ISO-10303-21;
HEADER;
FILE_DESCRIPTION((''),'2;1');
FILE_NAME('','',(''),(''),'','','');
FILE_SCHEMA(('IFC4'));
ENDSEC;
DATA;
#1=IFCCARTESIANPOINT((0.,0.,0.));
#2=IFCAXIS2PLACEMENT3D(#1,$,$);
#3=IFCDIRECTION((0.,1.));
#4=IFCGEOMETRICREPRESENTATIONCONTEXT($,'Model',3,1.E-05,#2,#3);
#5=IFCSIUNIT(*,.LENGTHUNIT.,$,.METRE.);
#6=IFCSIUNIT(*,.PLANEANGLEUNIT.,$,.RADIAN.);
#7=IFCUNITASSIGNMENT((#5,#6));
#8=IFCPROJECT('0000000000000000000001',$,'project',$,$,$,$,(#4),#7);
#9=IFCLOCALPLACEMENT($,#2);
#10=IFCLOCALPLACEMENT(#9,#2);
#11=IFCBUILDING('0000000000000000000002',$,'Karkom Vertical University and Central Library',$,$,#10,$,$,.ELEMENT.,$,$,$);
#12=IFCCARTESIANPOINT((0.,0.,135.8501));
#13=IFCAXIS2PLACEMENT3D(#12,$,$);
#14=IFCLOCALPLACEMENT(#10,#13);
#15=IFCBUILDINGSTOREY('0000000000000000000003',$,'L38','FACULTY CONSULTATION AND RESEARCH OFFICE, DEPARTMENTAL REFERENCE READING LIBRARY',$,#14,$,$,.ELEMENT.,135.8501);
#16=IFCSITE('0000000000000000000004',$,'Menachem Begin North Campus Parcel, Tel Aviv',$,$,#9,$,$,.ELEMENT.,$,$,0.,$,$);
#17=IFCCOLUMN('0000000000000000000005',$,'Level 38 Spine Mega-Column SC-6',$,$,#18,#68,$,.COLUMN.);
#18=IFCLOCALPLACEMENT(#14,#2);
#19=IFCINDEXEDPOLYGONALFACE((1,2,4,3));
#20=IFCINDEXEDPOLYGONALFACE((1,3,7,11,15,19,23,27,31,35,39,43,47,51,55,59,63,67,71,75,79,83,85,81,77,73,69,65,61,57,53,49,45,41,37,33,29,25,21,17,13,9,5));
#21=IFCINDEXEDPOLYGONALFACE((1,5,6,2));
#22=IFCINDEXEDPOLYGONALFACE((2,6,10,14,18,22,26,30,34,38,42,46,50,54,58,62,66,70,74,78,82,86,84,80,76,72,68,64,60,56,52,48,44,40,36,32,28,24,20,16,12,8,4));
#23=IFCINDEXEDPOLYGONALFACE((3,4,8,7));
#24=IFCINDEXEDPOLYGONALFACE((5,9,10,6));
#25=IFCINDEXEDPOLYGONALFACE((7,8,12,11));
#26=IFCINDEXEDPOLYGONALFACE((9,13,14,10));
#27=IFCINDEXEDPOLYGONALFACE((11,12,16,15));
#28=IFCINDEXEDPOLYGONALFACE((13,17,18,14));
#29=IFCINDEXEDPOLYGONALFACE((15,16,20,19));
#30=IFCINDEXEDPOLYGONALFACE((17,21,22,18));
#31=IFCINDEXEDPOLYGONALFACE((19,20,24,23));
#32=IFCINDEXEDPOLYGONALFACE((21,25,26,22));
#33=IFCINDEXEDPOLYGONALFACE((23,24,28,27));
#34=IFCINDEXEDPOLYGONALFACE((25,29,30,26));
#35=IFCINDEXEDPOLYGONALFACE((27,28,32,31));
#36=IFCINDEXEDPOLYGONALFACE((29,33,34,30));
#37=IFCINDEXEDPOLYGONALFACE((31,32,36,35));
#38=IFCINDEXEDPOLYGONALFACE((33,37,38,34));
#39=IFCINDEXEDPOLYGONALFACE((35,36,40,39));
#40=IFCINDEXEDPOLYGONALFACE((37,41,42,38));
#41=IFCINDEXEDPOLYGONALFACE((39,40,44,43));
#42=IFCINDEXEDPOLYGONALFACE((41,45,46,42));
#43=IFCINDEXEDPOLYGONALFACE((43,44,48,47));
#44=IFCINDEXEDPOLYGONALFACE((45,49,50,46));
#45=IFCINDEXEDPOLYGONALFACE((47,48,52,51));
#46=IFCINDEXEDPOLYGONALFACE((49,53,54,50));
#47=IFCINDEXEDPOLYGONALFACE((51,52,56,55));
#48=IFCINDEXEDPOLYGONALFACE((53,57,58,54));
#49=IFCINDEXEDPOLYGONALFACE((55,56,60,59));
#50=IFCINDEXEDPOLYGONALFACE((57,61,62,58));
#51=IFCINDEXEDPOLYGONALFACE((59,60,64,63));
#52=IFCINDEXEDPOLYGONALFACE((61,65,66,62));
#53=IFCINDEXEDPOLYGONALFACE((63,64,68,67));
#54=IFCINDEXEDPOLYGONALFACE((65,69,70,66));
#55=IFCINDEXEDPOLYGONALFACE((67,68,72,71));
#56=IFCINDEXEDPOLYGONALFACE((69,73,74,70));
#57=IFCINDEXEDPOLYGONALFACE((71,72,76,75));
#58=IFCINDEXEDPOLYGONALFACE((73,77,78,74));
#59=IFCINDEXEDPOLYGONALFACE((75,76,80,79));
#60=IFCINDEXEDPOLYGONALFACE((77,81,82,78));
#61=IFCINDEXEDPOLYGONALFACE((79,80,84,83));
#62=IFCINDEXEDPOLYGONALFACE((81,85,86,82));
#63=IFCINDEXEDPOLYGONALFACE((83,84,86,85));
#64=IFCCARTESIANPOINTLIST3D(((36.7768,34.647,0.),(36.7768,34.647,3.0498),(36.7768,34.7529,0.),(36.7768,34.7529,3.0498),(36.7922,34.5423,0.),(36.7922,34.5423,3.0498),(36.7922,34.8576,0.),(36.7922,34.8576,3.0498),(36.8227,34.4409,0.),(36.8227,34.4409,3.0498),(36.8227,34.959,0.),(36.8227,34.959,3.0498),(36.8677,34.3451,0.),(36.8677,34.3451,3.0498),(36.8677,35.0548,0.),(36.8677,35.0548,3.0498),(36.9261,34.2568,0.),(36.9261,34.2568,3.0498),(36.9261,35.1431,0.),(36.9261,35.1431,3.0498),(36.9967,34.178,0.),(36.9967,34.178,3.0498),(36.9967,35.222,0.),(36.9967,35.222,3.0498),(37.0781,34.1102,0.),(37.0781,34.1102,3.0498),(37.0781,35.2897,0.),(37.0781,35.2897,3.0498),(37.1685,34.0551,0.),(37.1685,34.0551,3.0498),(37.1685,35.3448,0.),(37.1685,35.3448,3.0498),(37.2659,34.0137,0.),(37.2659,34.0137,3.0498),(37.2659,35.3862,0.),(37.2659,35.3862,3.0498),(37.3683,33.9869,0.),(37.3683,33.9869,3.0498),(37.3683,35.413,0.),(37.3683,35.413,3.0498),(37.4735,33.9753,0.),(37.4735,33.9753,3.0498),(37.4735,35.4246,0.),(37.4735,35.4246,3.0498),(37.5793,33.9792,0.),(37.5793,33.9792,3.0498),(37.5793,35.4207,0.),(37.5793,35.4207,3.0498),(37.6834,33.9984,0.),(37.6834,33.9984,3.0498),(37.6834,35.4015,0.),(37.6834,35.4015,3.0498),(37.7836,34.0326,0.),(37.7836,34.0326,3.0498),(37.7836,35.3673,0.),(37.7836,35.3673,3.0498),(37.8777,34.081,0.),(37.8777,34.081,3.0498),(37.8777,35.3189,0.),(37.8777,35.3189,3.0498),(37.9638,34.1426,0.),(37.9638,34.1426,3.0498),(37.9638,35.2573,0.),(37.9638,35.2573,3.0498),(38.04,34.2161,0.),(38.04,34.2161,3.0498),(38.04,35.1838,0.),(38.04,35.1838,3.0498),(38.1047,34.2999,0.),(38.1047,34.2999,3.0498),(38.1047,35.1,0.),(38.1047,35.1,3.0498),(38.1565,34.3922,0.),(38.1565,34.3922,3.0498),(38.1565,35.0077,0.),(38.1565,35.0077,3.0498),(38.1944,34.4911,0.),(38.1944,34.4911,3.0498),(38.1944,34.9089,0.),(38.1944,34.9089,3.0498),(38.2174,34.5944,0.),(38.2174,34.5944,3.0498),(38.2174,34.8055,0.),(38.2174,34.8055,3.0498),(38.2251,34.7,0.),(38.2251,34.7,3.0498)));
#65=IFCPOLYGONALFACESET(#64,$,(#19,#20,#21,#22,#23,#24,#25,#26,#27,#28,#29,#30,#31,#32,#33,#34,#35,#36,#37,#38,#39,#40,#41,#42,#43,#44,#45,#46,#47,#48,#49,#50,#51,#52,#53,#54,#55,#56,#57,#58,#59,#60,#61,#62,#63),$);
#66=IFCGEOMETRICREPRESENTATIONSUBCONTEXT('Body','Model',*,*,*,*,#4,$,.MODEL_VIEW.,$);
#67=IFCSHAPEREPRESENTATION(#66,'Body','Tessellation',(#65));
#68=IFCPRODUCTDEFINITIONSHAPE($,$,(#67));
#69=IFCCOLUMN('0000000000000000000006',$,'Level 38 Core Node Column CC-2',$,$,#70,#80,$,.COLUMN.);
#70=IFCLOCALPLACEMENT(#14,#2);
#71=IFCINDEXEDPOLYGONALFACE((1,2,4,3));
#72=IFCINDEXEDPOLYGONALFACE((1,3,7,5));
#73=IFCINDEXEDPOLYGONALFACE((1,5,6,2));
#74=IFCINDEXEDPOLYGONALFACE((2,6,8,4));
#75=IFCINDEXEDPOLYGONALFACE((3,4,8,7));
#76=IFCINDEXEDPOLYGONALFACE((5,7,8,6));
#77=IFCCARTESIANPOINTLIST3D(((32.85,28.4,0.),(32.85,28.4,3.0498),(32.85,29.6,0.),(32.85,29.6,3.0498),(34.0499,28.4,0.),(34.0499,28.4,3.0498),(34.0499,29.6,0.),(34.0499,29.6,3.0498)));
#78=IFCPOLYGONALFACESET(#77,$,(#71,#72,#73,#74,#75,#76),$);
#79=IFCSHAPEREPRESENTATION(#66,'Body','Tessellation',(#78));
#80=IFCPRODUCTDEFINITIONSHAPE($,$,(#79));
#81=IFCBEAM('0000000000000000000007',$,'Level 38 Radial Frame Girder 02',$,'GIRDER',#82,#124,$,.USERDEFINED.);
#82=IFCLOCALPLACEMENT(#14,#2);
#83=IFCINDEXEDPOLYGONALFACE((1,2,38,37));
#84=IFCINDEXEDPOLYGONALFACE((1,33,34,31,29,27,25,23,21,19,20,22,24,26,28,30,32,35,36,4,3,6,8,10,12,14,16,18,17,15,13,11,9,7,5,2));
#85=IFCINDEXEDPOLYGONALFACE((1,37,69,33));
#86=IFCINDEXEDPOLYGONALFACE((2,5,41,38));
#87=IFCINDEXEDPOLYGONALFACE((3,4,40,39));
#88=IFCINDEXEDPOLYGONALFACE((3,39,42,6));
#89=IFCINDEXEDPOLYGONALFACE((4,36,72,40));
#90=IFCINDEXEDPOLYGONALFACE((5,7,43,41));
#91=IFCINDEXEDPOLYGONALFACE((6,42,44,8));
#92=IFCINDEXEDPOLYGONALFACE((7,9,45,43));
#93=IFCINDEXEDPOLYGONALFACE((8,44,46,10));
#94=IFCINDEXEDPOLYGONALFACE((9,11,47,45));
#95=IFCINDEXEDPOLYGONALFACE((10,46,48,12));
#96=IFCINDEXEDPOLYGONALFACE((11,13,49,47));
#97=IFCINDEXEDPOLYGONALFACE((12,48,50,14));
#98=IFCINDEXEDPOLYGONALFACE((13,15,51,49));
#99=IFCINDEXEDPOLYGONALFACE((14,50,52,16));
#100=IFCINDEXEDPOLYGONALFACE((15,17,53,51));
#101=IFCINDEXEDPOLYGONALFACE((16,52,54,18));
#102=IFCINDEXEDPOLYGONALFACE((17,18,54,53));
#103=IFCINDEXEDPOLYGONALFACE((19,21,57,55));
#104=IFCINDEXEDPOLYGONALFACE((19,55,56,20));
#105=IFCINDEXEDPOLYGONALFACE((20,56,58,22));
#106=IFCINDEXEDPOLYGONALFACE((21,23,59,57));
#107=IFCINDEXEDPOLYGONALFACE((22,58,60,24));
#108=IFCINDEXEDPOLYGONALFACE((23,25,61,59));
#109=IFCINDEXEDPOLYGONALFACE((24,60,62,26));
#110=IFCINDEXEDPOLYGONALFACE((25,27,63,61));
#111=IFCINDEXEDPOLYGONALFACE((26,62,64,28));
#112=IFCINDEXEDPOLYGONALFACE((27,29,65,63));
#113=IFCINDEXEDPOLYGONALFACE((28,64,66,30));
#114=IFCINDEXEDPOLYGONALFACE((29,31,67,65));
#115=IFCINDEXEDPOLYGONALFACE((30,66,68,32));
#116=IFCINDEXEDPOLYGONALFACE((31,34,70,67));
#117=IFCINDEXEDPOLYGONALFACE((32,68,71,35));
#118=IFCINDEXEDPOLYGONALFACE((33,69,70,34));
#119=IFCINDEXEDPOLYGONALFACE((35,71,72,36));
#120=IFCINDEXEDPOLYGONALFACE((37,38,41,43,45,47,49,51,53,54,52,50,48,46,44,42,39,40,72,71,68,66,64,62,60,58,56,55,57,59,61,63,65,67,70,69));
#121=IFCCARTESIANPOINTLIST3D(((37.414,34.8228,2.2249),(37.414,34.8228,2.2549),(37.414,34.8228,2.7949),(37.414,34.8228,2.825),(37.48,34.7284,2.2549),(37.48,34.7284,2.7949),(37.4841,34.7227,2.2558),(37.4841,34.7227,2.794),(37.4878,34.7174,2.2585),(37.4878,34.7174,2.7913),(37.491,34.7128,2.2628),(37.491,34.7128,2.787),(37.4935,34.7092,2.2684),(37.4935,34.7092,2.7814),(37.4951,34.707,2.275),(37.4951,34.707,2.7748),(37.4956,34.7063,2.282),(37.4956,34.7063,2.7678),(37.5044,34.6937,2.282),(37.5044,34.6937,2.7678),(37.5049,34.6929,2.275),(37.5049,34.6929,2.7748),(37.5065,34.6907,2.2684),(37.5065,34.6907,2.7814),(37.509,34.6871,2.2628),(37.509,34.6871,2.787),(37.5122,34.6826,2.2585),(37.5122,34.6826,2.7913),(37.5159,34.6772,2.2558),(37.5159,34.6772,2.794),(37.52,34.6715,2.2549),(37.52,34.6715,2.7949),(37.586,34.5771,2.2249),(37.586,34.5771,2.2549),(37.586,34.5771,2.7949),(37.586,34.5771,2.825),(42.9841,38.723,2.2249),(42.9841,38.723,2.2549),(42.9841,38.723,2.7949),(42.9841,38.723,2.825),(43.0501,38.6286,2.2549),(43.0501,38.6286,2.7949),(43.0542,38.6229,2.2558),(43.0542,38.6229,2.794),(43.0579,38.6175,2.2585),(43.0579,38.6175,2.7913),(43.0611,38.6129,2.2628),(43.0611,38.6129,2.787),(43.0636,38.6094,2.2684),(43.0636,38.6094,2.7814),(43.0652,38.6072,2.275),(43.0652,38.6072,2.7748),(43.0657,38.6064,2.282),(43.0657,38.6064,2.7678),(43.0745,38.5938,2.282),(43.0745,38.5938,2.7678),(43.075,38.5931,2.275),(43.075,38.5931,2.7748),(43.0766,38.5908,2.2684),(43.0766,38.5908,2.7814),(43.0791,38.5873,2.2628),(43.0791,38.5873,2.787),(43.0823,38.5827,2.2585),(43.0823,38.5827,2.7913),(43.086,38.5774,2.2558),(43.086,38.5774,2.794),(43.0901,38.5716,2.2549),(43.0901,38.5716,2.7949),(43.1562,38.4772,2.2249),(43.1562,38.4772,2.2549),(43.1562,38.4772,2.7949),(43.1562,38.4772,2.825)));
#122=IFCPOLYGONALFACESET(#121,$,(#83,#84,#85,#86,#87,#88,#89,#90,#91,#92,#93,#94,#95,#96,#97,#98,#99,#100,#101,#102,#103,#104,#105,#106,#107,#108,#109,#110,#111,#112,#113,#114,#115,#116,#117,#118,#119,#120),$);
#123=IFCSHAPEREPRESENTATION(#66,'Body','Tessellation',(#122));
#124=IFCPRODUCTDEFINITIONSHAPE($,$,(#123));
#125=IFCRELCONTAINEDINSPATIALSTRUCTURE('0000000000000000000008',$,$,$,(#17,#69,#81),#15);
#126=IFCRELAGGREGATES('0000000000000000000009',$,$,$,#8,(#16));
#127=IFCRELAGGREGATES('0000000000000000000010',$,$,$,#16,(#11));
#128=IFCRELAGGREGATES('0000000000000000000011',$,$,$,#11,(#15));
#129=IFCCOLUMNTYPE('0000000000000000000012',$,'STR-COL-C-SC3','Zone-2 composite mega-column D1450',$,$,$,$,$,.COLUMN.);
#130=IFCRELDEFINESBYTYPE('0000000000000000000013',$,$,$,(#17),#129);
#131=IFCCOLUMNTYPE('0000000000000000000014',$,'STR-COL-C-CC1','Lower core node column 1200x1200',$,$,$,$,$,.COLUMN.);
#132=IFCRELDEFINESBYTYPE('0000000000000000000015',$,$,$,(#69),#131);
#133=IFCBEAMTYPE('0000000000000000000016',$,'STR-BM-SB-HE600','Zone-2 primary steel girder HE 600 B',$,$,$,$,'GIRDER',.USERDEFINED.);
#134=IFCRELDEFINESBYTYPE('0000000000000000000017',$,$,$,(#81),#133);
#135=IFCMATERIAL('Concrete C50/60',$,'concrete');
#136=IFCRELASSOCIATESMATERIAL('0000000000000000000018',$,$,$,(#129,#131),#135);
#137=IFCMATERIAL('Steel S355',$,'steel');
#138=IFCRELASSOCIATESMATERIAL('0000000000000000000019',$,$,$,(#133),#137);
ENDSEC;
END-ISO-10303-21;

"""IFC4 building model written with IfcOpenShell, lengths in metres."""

from ifc_helpers import new_model, si_unit, direction, frame, origin, origin_with_axes, origin_2d, place, context, subcontext, project, spatial, rectangle, circle, i_section, extrude, source, transform, mapped, material, material_profile, profile_set, type_object, element, save


model = new_model("IFC4")

# Units and contexts
model_context = context("Model", 3, precision=1e-05, world=origin(), true_north=direction((0.0, 1.0)))
body_context = subcontext(model_context, "Body", "Model", "MODEL_VIEW")
ifc_project = project(units=[si_unit("LENGTHUNIT", "METRE"), si_unit("PLANEANGLEUNIT", "RADIAN")], contexts=[model_context])

# Site, building, storey
site_placement = place(None, origin())
site = spatial("IfcSite", under=ifc_project, at=site_placement, Name="Menachem Begin North Campus Parcel, Tel Aviv", CompositionType="ELEMENT", RefElevation=0.0)
building_placement = place(site_placement, origin())
building = spatial("IfcBuilding", under=site, at=building_placement, Name="Karkom Vertical University and Central Library", CompositionType="ELEMENT")
storey_placement = place(building_placement, frame((0.0, 0.0, 135.8501)))
storey = spatial("IfcBuildingStorey", under=building, at=storey_placement, Name="L38", Description="FACULTY CONSULTATION AND RESEARCH OFFICE, DEPARTMENTAL REFERENCE READING LIBRARY", CompositionType="ELEMENT", Elevation=135.8501)

# Columns
ifc_material_1 = material(Name="Concrete C50/60", Category="concrete")
ifc_material_profile_1 = material_profile(ifc_material_1, circle(Radius=0.7251, at=origin_2d()), Name="CFT-D1450")
ifc_profile_set_1 = profile_set([ifc_material_profile_1], Name="Concrete C50/60")
column_type_1 = type_object("IfcColumnType", Name="STR-COL-C-SC3", Description="Zone-2 composite mega-column D1450", PredefinedType="COLUMN", material=ifc_profile_set_1)
shared_shape_1 = source(origin_with_axes(), body_context, "Body", "SweptSolid", [
    extrude(circle(Radius=0.7251, at=origin_2d()), origin(), (0.0, 0.0, 1.0), 3.0498),
])
column_1_placement = place(storey_placement, frame((37.5, 34.7, 0.0), z_axis=(0.0, 0.0, 1.0), x_axis=(1.0, 0.0, 0.0)))
element("IfcColumn", 1, at=column_1_placement, inside=storey, type_object=column_type_1, Name="Level 38 Spine Mega-Column SC-6", PredefinedType="COLUMN", context=body_context, shape_type="MappedRepresentation", body=[
    mapped(shared_shape_1, transform((0.0, 0.0, 0.0), scale=1.0)),
])
ifc_material_profile_2 = material_profile(ifc_material_1, rectangle(XDim=1.2, YDim=1.2, at=origin_2d()), Name="RC-1200x1200")
ifc_profile_set_2 = profile_set([ifc_material_profile_2], Name="Concrete C50/60")
column_type_2 = type_object("IfcColumnType", Name="STR-COL-C-CC1", Description="Lower core node column 1200x1200", PredefinedType="COLUMN", material=ifc_profile_set_2)
shared_shape_2 = source(origin_with_axes(), body_context, "Body", "SweptSolid", [
    extrude(rectangle(XDim=1.2, YDim=1.2, at=origin_2d()), origin(), (0.0, 0.0, 1.0), 3.0498),
])
column_2_placement = place(storey_placement, frame((33.45, 29.0, 0.0), z_axis=(0.0, 0.0, 1.0), x_axis=(1.0, 0.0, 0.0)))
element("IfcColumn", 2, at=column_2_placement, inside=storey, type_object=column_type_2, Name="Level 38 Core Node Column CC-2", PredefinedType="COLUMN", context=body_context, shape_type="MappedRepresentation", body=[
    mapped(shared_shape_2, transform((0.0, 0.0, 0.0), scale=1.0)),
])

# Beam
ifc_material_2 = material(Name="Steel S355", Category="steel")
ifc_material_profile_3 = material_profile(ifc_material_2, i_section(OverallWidth=0.3, OverallDepth=0.6001, WebThickness=0.0154, FlangeThickness=0.03, FilletRadius=0.0271, at=origin_2d()), Name="HE 600 B")
ifc_profile_set_3 = profile_set([ifc_material_profile_3], Name="Steel S355")
beam_type = type_object("IfcBeamType", Name="STR-BM-SB-HE600", Description="Zone-2 primary steel girder HE 600 B", ElementType="GIRDER", PredefinedType="USERDEFINED", material=ifc_profile_set_3)
shared_shape_3 = source(origin_with_axes(), body_context, "Body", "SweptSolid", [
    extrude(i_section(OverallWidth=0.3, OverallDepth=0.6001, WebThickness=0.0154, FlangeThickness=0.03, FilletRadius=0.0271, at=origin_2d()), origin(), (0.0, 0.0, 1.0), 6.7998),
])
beam_placement = place(storey_placement, frame((37.5, 34.7, 2.5249), z_axis=(0.819156, 0.573571, 0.0), x_axis=(-0.573571, 0.819156, 0.0)))
element("IfcBeam", 3, at=beam_placement, inside=storey, type_object=beam_type, Name="Level 38 Radial Frame Girder 02", ObjectType="GIRDER", PredefinedType="USERDEFINED", context=body_context, shape_type="MappedRepresentation", body=[
    mapped(shared_shape_3, transform((0.0, 0.0, 0.0), scale=1.0)),
])

save(model, "model.ifc")
